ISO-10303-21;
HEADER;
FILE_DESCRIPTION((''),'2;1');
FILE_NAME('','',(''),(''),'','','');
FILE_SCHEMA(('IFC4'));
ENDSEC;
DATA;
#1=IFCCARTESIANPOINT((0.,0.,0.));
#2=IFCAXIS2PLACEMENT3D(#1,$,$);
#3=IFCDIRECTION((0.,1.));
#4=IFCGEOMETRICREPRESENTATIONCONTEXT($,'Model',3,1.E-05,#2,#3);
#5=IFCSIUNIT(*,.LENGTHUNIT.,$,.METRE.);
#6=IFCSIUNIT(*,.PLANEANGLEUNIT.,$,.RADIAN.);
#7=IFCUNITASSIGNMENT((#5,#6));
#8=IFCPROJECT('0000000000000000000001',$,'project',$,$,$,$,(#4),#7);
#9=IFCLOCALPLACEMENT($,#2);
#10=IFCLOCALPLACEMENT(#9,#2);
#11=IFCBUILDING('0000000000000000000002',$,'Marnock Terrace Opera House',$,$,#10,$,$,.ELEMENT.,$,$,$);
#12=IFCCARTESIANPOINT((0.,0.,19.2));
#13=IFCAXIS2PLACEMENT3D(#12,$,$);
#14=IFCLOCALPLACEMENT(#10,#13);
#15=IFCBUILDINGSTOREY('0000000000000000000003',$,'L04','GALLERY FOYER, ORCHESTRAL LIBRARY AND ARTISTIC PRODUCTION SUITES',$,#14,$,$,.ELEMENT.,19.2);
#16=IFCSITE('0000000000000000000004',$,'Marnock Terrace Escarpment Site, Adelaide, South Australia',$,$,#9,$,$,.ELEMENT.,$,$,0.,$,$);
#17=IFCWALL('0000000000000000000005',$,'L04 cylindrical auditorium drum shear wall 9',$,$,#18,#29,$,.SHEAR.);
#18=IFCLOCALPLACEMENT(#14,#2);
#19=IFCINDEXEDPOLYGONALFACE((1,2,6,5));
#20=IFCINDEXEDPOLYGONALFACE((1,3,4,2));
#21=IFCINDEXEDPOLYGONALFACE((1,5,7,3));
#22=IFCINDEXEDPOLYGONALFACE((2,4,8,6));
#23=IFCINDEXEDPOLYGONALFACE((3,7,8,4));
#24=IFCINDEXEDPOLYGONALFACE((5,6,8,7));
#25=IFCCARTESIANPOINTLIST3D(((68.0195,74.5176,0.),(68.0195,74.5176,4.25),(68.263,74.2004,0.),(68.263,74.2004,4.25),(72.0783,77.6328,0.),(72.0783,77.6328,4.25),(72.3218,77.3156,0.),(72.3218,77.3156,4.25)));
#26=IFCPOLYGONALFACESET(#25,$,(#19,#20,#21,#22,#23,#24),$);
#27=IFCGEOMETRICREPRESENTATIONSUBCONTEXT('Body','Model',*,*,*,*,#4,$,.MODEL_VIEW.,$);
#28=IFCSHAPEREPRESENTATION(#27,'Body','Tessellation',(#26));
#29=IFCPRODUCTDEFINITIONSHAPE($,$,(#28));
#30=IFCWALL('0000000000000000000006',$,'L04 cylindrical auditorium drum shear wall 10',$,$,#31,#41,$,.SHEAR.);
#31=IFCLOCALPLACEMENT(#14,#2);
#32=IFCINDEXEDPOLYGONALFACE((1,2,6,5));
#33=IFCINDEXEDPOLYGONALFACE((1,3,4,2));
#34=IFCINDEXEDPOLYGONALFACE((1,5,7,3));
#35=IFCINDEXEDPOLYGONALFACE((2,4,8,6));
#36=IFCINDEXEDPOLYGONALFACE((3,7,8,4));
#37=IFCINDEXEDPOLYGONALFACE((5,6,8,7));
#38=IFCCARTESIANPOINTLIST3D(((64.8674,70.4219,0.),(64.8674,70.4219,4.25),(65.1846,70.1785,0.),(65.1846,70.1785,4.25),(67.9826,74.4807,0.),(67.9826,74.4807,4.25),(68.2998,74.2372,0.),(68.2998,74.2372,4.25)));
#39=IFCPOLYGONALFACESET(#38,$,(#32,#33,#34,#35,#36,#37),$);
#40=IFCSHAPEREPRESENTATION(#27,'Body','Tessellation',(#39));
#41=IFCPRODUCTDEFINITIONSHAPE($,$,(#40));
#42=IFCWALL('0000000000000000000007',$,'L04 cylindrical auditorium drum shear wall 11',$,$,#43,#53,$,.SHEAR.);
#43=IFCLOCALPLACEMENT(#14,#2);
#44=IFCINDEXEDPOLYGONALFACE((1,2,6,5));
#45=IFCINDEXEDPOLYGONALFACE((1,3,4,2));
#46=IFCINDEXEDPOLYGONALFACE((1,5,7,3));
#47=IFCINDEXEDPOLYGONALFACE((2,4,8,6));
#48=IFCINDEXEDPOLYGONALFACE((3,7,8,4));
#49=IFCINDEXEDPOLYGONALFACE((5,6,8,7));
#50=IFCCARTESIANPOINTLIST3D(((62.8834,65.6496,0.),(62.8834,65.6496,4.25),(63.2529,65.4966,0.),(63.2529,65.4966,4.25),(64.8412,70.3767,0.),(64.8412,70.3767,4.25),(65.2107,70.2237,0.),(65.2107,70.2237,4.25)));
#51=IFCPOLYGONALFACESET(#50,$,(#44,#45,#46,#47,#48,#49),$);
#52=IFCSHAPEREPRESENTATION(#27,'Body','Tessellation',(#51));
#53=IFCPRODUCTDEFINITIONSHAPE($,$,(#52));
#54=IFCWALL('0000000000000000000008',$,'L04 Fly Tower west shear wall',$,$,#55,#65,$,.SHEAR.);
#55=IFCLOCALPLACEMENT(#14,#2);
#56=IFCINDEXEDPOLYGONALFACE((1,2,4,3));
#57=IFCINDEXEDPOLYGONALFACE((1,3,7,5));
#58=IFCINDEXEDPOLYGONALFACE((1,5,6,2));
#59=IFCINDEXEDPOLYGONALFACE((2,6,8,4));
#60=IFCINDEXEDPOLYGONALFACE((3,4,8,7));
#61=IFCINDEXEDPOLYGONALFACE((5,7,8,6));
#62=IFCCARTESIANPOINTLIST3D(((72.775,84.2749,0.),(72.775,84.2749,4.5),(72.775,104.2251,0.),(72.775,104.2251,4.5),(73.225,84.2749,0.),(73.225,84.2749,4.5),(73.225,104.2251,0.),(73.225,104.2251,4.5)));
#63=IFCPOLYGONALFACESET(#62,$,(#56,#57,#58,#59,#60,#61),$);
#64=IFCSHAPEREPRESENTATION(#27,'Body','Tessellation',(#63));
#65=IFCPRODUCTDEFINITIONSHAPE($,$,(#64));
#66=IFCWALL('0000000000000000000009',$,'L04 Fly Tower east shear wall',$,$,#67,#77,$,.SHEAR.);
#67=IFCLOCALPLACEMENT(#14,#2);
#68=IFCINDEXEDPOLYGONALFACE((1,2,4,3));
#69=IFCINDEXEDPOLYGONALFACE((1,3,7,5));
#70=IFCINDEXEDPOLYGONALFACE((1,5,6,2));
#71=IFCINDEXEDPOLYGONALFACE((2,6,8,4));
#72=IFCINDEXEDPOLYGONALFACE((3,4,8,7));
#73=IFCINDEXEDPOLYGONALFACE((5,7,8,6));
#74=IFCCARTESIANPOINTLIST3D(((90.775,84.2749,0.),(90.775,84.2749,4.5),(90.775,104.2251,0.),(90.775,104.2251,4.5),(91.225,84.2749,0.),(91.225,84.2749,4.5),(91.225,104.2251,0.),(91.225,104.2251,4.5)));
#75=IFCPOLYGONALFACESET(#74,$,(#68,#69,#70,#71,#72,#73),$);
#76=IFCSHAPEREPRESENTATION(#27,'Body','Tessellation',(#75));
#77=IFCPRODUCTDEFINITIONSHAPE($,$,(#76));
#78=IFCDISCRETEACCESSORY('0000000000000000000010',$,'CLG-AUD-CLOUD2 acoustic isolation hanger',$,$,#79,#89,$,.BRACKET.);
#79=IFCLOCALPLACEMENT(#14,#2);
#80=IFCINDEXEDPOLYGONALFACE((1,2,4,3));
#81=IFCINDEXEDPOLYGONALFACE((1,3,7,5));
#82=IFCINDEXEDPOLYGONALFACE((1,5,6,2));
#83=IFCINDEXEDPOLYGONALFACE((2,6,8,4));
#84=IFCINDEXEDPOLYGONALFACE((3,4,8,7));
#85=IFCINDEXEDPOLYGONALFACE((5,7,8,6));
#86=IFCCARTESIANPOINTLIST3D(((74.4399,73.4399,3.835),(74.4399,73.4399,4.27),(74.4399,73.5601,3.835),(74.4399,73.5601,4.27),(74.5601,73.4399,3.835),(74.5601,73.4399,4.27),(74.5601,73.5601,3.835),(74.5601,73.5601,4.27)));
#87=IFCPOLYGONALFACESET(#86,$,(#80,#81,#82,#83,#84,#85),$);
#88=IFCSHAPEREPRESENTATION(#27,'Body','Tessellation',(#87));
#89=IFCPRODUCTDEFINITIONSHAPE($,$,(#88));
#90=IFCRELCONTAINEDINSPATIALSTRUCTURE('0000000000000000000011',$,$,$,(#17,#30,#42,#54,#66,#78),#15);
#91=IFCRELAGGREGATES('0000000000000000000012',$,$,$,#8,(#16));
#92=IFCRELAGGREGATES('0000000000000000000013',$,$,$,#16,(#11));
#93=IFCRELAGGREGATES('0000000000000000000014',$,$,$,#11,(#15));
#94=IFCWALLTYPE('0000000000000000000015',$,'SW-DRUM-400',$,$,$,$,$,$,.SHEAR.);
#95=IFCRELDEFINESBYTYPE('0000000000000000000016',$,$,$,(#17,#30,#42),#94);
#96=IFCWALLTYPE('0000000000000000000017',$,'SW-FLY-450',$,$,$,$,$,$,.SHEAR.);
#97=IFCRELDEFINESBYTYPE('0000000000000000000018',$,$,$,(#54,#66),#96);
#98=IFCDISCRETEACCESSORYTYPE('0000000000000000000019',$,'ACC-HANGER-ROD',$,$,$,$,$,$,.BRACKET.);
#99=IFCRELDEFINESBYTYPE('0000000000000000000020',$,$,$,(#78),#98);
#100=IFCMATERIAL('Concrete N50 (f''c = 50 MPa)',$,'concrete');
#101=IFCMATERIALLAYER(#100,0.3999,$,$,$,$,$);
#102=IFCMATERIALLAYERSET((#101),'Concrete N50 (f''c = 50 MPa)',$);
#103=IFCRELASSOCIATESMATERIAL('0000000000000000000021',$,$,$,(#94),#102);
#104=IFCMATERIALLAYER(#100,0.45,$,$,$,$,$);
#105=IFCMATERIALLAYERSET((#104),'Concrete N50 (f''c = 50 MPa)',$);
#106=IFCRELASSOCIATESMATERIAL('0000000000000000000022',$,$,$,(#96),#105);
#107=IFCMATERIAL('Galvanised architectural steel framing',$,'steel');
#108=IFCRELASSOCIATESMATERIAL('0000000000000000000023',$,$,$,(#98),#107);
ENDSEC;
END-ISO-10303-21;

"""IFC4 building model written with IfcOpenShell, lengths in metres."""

from ifc_helpers import new_model, si_unit, direction, frame, frame_2d, origin, origin_2d, place, context, subcontext, project, spatial, rectangle, extrude, material, layer, layer_set, type_object, element, save


model = new_model("IFC4")

# Units and contexts
model_context = context("Model", 3, precision=1e-05, world=origin(), true_north=direction((0.0, 1.0)))
body_context = subcontext(model_context, "Body", "Model", "MODEL_VIEW")
ifc_project = project(units=[si_unit("LENGTHUNIT", "METRE"), si_unit("PLANEANGLEUNIT", "RADIAN")], contexts=[model_context])

# Site, building, storey
site_placement = place(None, origin())
site = spatial("IfcSite", under=ifc_project, at=site_placement, Name="Marnock Terrace Escarpment Site, Adelaide, South Australia", CompositionType="ELEMENT", RefElevation=0.0)
building_placement = place(site_placement, origin())
building = spatial("IfcBuilding", under=site, at=building_placement, Name="Marnock Terrace Opera House", CompositionType="ELEMENT")
storey_placement = place(building_placement, frame((0.0, 0.0, 19.2)))
storey = spatial("IfcBuildingStorey", under=building, at=storey_placement, Name="L04", Description="GALLERY FOYER, ORCHESTRAL LIBRARY AND ARTISTIC PRODUCTION SUITES", CompositionType="ELEMENT", Elevation=19.2)

# Shared definitions
ifc_material_1 = material(Name="Concrete N50 (f'c = 50 MPa)", Category="concrete")

# Shared definitions
ifc_layer_1 = layer(ifc_material_1, 0.3999)
ifc_layer_set_1 = layer_set([ifc_layer_1], Name="Concrete N50 (f'c = 50 MPa)")
wall_type_1 = type_object("IfcWallType", Name="SW-DRUM-400", PredefinedType="SHEAR", material=ifc_layer_set_1)

# Walls
for number, where, z_axis, x_axis, name in (
    (1, (72.2, 77.4741, 0.0), (0.0, 0.0, 1.0), (-0.79328, -0.608857, 0.0), "L04 cylindrical auditorium drum shear wall 9"),
    (2, (68.1411, 74.3589, 0.0), (0.0, 0.0, 1.0), (-0.608857, -0.79328, 0.0), "L04 cylindrical auditorium drum shear wall 10"),
    (3, (65.0259, 70.3, 0.0), (0.0, 0.0, 1.0), (-0.382643, -0.923896, 0.0), "L04 cylindrical auditorium drum shear wall 11"),
):
    element("IfcWall", number, at=place(storey_placement, frame(where, z_axis=z_axis, x_axis=x_axis)), inside=storey, type_object=wall_type_1, Name=name, PredefinedType="SHEAR", context=body_context, shape_type="SweptSolid", body=[
        extrude(rectangle(XDim=5.1165, YDim=0.3999, at=frame_2d((2.5581, 0.0))), origin(), (0.0, 0.0, 1.0), 4.25),
    ])
ifc_layer_2 = layer(ifc_material_1, 0.45)
ifc_layer_set_2 = layer_set([ifc_layer_2], Name="Concrete N50 (f'c = 50 MPa)")
wall_type_2 = type_object("IfcWallType", Name="SW-FLY-450", PredefinedType="SHEAR", material=ifc_layer_set_2)
for number, where, z_axis, x_axis, name in (
    (4, (73.0, 84.2749, 0.0), (0.0, 0.0, 1.0), (0.0, 1.0, 0.0), "L04 Fly Tower west shear wall"),
    (5, (91.0, 84.2749, 0.0), (0.0, 0.0, 1.0), (0.0, 1.0, 0.0), "L04 Fly Tower east shear wall"),
):
    element("IfcWall", number, at=place(storey_placement, frame(where, z_axis=z_axis, x_axis=x_axis)), inside=storey, type_object=wall_type_2, Name=name, PredefinedType="SHEAR", context=body_context, shape_type="SweptSolid", body=[
        extrude(rectangle(XDim=19.9502, YDim=0.45, at=frame_2d((9.9751, 0.0))), origin(), (0.0, 0.0, 1.0), 4.5),
    ])

# Discrete accessory
ifc_material_2 = material(Name="Galvanised architectural steel framing", Category="steel")
discrete_accessory_type = type_object("IfcDiscreteAccessoryType", Name="ACC-HANGER-ROD", PredefinedType="BRACKET", material=ifc_material_2)
discrete_accessory_placement = place(storey_placement, frame((74.5, 73.5, 3.835), z_axis=(0.0, 0.0, 1.0), x_axis=(1.0, 0.0, 0.0)))
element("IfcDiscreteAccessory", 6, at=discrete_accessory_placement, inside=storey, type_object=discrete_accessory_type, Name="CLG-AUD-CLOUD2 acoustic isolation hanger", PredefinedType="BRACKET", context=body_context, shape_type="SweptSolid", body=[
    extrude(rectangle(XDim=0.1201, YDim=0.1201, at=origin_2d()), origin(), (0.0, 0.0, 1.0), 0.4351),
])

save(model, "model.ifc")
